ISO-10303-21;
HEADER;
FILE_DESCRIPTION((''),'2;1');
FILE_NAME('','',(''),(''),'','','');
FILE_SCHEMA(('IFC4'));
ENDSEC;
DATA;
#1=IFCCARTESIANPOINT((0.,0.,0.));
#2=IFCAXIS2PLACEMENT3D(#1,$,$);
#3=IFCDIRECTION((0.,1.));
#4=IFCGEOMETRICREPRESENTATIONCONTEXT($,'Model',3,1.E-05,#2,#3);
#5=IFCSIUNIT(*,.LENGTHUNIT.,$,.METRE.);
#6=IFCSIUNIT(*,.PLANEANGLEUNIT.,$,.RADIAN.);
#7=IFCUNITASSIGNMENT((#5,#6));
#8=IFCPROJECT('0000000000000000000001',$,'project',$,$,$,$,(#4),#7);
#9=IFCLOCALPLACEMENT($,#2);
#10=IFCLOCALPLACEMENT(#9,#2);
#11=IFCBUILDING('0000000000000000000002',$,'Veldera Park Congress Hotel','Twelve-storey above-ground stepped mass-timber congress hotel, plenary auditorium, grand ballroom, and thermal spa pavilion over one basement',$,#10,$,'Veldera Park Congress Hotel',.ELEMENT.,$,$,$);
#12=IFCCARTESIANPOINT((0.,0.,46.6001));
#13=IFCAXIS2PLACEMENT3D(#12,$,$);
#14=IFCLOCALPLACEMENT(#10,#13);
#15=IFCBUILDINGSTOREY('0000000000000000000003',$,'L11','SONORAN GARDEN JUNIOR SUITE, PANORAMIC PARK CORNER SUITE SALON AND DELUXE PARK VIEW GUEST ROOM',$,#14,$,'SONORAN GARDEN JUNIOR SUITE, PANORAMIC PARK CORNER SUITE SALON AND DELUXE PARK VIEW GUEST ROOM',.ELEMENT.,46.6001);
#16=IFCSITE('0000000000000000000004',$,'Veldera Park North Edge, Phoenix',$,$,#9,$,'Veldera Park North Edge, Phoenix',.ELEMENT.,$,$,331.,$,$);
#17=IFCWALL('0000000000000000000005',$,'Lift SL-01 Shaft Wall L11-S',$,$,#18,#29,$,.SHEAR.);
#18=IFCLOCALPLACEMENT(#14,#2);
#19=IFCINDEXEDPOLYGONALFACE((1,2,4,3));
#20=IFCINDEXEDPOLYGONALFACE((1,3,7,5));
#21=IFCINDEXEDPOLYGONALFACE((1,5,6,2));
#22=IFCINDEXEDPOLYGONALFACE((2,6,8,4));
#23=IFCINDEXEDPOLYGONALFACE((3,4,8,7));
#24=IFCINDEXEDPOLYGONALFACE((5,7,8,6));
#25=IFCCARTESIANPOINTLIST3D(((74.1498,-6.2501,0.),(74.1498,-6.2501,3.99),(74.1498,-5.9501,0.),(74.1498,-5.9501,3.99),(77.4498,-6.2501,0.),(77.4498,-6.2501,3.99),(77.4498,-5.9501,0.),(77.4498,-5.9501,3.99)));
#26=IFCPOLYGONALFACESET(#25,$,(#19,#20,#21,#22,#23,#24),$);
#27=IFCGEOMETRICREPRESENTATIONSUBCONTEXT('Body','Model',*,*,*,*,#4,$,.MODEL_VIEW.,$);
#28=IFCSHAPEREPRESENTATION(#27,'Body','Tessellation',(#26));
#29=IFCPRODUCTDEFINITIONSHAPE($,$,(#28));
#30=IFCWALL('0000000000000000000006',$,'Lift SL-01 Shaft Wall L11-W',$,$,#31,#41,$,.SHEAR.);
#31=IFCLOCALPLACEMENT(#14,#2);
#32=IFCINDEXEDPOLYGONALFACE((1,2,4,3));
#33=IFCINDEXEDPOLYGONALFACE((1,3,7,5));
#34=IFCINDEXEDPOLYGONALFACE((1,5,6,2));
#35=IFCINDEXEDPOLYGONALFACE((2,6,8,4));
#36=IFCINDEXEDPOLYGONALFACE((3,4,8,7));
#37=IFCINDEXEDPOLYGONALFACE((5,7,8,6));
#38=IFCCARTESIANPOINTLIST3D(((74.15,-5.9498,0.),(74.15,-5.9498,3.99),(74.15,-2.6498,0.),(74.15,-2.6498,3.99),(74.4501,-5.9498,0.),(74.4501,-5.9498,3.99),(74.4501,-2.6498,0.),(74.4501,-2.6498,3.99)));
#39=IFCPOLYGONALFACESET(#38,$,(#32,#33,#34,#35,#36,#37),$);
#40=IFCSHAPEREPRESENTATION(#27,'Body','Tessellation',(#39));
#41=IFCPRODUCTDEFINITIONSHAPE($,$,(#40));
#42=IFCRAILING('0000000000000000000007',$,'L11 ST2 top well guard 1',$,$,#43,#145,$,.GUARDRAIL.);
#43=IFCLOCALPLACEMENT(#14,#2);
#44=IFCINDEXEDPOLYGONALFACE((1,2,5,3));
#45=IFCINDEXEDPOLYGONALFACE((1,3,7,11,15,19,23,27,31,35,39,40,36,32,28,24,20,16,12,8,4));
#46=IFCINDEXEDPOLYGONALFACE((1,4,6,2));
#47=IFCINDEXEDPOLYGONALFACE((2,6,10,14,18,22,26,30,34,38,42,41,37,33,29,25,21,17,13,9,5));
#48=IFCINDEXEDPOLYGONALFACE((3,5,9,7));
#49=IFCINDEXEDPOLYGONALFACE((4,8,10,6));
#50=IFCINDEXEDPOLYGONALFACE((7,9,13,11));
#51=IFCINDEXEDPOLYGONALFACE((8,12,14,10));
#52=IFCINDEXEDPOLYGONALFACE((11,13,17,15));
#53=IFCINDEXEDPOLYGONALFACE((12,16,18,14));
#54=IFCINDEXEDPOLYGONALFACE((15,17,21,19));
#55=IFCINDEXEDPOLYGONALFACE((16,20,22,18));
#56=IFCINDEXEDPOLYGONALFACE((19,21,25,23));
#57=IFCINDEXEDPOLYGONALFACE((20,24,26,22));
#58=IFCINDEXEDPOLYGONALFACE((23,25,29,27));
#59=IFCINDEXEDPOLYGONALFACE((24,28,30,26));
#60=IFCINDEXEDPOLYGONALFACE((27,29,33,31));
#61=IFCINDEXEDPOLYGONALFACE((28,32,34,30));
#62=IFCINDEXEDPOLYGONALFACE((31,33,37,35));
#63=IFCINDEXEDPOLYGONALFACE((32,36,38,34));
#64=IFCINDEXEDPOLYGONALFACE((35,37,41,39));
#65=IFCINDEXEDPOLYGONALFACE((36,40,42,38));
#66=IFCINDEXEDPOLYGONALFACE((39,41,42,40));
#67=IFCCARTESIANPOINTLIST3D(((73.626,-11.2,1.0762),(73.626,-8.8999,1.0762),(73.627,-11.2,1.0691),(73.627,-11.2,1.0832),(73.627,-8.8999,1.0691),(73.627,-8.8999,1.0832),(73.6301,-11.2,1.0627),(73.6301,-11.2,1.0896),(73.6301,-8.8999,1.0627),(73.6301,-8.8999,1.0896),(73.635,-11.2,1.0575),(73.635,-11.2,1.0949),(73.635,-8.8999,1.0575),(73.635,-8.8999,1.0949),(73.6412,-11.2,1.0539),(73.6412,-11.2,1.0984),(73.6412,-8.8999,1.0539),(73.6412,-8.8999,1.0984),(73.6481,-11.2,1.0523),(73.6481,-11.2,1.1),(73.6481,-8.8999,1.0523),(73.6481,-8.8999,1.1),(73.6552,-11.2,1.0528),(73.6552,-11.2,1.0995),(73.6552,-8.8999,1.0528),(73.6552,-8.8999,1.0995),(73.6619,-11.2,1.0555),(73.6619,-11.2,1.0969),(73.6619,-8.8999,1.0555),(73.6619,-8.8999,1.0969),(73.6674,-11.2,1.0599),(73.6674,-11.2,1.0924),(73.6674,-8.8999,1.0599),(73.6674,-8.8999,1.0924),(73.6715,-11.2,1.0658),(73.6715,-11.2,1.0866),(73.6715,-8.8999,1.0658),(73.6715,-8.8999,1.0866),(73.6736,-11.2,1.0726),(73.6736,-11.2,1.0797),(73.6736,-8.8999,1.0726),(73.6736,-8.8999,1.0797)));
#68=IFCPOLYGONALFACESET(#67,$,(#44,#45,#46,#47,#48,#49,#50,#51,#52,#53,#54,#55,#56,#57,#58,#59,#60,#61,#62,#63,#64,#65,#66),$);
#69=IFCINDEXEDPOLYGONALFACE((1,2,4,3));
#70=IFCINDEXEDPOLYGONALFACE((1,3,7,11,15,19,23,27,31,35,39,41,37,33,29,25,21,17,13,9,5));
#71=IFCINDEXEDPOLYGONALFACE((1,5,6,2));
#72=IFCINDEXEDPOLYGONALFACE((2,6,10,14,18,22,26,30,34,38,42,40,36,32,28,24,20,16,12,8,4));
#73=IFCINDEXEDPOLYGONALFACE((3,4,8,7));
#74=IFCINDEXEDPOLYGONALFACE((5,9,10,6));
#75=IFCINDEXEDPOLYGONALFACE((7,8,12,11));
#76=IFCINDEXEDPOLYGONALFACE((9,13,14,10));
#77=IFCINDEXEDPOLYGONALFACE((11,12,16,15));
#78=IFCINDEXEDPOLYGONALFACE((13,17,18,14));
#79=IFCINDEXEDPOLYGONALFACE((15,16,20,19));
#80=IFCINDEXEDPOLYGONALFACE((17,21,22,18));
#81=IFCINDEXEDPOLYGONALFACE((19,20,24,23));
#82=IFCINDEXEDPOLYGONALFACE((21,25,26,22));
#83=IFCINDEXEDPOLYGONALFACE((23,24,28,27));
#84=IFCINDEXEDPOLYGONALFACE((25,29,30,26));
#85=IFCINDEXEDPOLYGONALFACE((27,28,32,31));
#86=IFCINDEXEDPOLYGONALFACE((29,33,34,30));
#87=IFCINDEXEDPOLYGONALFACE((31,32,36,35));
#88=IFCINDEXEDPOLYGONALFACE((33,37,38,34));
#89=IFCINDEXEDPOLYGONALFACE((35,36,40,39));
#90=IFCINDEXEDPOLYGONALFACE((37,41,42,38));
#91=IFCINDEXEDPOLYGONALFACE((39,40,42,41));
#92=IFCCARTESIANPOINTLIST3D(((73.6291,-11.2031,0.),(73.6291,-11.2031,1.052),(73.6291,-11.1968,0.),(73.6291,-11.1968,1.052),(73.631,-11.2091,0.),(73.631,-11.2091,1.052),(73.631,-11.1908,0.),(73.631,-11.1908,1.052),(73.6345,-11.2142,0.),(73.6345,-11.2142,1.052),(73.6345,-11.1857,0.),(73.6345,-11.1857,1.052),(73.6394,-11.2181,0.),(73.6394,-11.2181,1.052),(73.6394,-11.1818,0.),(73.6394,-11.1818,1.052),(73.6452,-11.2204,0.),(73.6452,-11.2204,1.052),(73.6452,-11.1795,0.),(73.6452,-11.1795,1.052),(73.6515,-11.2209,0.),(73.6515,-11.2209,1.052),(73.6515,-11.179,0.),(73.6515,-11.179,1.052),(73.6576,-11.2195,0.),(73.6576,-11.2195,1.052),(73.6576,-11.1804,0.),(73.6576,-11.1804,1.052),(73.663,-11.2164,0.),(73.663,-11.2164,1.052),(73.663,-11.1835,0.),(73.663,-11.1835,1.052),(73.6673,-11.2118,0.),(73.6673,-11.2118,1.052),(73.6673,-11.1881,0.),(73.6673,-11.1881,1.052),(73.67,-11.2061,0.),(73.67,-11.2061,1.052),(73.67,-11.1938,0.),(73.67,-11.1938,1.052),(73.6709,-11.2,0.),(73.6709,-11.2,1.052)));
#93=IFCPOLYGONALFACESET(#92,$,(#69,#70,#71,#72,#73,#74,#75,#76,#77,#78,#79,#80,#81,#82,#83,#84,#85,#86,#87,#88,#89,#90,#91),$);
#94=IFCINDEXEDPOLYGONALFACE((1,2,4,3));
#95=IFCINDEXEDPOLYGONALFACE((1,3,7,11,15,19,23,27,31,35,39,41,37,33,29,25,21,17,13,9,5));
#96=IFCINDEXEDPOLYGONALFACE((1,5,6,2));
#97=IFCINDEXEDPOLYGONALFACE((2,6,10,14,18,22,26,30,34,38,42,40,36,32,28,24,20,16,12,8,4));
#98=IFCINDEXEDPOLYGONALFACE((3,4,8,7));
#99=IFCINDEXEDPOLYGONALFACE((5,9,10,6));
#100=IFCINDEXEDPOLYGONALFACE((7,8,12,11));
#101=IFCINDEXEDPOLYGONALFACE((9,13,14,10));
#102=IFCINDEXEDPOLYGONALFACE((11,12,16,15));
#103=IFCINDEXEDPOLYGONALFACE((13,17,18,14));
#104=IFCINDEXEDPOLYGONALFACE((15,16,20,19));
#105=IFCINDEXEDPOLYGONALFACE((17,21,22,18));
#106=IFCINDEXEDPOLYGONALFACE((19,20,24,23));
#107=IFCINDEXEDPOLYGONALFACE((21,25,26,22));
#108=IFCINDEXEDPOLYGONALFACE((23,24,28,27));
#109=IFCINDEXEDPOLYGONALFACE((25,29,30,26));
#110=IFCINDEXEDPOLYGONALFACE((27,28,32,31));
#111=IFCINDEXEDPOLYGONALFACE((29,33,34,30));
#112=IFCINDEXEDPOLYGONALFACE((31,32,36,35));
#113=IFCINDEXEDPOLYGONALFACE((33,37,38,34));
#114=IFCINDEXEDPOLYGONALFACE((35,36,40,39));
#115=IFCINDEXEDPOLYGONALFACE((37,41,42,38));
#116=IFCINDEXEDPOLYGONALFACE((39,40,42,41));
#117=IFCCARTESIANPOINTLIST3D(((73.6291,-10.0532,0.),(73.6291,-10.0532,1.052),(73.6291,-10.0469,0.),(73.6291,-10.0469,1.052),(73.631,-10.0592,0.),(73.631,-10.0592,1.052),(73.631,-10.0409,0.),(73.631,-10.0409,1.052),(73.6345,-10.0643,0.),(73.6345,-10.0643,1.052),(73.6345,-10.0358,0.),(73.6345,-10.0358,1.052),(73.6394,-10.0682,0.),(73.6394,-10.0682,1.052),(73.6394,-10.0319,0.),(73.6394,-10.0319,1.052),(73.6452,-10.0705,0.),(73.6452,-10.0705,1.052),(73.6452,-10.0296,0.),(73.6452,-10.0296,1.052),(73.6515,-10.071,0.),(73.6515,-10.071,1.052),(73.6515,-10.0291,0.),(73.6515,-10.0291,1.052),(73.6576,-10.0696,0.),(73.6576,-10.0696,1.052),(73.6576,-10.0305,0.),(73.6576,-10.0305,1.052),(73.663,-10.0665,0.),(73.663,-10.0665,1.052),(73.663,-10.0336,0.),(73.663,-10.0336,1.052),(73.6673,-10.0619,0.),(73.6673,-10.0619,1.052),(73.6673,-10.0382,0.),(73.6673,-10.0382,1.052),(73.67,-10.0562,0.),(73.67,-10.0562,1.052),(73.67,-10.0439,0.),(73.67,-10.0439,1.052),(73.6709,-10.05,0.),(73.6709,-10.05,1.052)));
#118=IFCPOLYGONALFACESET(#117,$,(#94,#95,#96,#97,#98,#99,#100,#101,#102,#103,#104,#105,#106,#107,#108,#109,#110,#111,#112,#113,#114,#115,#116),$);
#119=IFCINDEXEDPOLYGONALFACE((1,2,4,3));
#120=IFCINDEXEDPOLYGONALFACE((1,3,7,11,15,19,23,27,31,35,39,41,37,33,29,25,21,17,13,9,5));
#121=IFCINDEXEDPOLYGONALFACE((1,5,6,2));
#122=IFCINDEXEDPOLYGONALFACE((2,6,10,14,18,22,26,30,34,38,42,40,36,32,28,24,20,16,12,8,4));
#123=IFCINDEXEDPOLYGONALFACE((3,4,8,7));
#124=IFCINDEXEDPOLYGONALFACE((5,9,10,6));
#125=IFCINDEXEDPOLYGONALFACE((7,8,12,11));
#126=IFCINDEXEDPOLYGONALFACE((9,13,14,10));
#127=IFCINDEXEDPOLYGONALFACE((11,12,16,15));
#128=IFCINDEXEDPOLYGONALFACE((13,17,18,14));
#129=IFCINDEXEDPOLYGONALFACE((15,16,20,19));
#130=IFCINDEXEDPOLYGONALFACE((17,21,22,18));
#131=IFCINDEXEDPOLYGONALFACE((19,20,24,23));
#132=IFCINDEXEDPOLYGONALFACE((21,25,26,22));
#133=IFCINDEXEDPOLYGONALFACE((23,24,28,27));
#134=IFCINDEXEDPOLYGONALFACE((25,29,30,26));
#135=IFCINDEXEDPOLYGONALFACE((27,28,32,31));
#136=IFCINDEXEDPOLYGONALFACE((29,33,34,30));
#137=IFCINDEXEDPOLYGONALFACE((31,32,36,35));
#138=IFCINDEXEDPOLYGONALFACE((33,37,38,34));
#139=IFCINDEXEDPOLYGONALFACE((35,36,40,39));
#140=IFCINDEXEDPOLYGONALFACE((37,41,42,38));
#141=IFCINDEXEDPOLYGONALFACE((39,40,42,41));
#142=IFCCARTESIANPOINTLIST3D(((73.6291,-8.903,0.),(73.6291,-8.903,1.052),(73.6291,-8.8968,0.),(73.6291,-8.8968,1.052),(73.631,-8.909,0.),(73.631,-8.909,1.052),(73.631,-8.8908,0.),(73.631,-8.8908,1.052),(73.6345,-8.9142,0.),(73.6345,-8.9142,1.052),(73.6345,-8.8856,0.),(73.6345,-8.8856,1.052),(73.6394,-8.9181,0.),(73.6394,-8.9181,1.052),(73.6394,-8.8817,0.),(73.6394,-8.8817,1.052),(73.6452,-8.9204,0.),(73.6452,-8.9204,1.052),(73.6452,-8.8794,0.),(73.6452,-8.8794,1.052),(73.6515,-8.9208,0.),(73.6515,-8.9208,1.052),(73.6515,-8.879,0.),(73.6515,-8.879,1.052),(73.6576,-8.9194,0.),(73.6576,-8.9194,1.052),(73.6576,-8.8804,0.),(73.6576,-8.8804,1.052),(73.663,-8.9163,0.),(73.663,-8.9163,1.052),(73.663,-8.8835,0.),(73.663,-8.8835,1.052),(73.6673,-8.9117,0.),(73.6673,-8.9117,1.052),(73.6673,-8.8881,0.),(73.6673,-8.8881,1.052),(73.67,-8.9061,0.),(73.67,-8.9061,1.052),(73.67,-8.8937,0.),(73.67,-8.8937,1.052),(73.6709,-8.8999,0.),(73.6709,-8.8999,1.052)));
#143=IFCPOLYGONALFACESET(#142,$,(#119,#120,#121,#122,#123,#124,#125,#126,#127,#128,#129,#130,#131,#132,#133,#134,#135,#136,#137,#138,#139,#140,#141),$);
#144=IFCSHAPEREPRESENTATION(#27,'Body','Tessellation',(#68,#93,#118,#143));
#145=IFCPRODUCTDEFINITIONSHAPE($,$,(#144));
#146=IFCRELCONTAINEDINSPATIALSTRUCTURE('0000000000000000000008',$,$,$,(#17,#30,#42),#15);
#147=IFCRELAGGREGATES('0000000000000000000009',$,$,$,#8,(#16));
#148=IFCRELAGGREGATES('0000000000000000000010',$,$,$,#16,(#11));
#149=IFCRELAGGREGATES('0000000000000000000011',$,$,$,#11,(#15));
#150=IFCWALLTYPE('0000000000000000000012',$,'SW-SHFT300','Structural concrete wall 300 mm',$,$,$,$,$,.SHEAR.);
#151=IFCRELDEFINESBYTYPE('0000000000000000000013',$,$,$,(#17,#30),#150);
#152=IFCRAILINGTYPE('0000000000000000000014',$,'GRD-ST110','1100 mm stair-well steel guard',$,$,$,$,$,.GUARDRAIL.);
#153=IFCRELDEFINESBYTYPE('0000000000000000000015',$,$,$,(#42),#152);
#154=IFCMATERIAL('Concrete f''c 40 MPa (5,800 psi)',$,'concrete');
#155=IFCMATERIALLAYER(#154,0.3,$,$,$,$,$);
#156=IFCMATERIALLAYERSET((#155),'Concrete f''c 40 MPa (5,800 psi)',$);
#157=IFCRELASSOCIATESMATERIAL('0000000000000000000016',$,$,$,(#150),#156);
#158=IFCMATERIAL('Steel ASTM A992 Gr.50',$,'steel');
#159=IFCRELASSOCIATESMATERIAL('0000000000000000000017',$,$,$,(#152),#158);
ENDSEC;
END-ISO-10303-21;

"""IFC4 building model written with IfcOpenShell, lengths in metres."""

from ifc_helpers import new_model, si_unit, direction, frame, frame_2d, origin, origin_2d, place, context, subcontext, project, spatial, rectangle, circle, extrude, material, layer, layer_set, type_object, element, save


model = new_model("IFC4")

# Units and contexts
model_context = context("Model", 3, precision=1e-05, world=origin(), true_north=direction((0.0, 1.0)))
body_context = subcontext(model_context, "Body", "Model", "MODEL_VIEW")
ifc_project = project(units=[si_unit("LENGTHUNIT", "METRE"), si_unit("PLANEANGLEUNIT", "RADIAN")], contexts=[model_context])

# Site, building, storey
site_placement = place(None, origin())
site = spatial("IfcSite", under=ifc_project, at=site_placement, Name="Veldera Park North Edge, Phoenix", LongName="Veldera Park North Edge, Phoenix", CompositionType="ELEMENT", RefElevation=331.0)
building_placement = place(site_placement, origin())
building = spatial("IfcBuilding", under=site, at=building_placement, Name="Veldera Park Congress Hotel", Description="Twelve-storey above-ground stepped mass-timber congress hotel, plenary auditorium, grand ballroom, and thermal spa pavilion over one basement", LongName="Veldera Park Congress Hotel", CompositionType="ELEMENT")
storey_placement = place(building_placement, frame((0.0, 0.0, 46.6001)))
storey = spatial("IfcBuildingStorey", under=building, at=storey_placement, Name="L11", Description="SONORAN GARDEN JUNIOR SUITE, PANORAMIC PARK CORNER SUITE SALON AND DELUXE PARK VIEW GUEST ROOM", LongName="SONORAN GARDEN JUNIOR SUITE, PANORAMIC PARK CORNER SUITE SALON AND DELUXE PARK VIEW GUEST ROOM", CompositionType="ELEMENT", Elevation=46.6001)

# Shared definitions
ifc_material_1 = material(Name="Concrete f'c 40 MPa (5,800 psi)", Category="concrete")

# Walls
ifc_layer_1 = layer(ifc_material_1, 0.3)
ifc_layer_set_1 = layer_set([ifc_layer_1], Name="Concrete f'c 40 MPa (5,800 psi)")
wall_type_1 = type_object("IfcWallType", Name="SW-SHFT300", Description="Structural concrete wall 300 mm", PredefinedType="SHEAR", material=ifc_layer_set_1)
for number, where, z_axis, x_axis, name in (
    (1, (74.1499, -6.1001, 0.0), (0.0, 0.0, 1.0), (1.0, 0.0, 0.0), "Lift SL-01 Shaft Wall L11-S"),
    (2, (74.3, -2.6499, 0.0), (0.0, 0.0, 1.0), (0.0, -1.0, 0.0), "Lift SL-01 Shaft Wall L11-W"),
):
    element("IfcWall", number, at=place(storey_placement, frame(where, z_axis=z_axis, x_axis=x_axis)), inside=storey, type_object=wall_type_1, Name=name, PredefinedType="SHEAR", context=body_context, shape_type="SweptSolid", body=[
        extrude(rectangle(XDim=3.3, YDim=0.3, at=frame_2d((1.6499, 0.0))), origin(), (0.0, 0.0, 1.0), 3.99),
    ])

# Railing
ifc_material_2 = material(Name="Steel ASTM A992 Gr.50", Category="steel")
railing_type_1 = type_object("IfcRailingType", Name="GRD-ST110", Description="1100 mm stair-well steel guard", PredefinedType="GUARDRAIL", material=ifc_material_2)
railing_1_placement = place(storey_placement, frame((73.6499, -11.2, 0.0)))
element("IfcRailing", 3, at=railing_1_placement, inside=storey, type_object=railing_type_1, Name="L11 ST2 top well guard 1", PredefinedType="GUARDRAIL", context=body_context, shape_type="SweptSolid", body=[
    extrude(circle(Radius=0.0239, at=origin_2d()), frame((0.0, 0.0, 1.0762), z_axis=(0.0, 1.0, 0.0), x_axis=(-1.0, 0.0, 0.0)), (0.0, 0.0, 1.0), 2.3),
    extrude(circle(Radius=0.021, at=origin_2d()), origin(), (0.0, 0.0, 1.0), 1.052),
    extrude(circle(Radius=0.021, at=origin_2d()), frame((0.0, 1.1499, 0.0)), (0.0, 0.0, 1.0), 1.052),
    extrude(circle(Radius=0.021, at=origin_2d()), frame((0.0, 2.3, 0.0)), (0.0, 0.0, 1.0), 1.052),
])

save(model, "model.ifc")
